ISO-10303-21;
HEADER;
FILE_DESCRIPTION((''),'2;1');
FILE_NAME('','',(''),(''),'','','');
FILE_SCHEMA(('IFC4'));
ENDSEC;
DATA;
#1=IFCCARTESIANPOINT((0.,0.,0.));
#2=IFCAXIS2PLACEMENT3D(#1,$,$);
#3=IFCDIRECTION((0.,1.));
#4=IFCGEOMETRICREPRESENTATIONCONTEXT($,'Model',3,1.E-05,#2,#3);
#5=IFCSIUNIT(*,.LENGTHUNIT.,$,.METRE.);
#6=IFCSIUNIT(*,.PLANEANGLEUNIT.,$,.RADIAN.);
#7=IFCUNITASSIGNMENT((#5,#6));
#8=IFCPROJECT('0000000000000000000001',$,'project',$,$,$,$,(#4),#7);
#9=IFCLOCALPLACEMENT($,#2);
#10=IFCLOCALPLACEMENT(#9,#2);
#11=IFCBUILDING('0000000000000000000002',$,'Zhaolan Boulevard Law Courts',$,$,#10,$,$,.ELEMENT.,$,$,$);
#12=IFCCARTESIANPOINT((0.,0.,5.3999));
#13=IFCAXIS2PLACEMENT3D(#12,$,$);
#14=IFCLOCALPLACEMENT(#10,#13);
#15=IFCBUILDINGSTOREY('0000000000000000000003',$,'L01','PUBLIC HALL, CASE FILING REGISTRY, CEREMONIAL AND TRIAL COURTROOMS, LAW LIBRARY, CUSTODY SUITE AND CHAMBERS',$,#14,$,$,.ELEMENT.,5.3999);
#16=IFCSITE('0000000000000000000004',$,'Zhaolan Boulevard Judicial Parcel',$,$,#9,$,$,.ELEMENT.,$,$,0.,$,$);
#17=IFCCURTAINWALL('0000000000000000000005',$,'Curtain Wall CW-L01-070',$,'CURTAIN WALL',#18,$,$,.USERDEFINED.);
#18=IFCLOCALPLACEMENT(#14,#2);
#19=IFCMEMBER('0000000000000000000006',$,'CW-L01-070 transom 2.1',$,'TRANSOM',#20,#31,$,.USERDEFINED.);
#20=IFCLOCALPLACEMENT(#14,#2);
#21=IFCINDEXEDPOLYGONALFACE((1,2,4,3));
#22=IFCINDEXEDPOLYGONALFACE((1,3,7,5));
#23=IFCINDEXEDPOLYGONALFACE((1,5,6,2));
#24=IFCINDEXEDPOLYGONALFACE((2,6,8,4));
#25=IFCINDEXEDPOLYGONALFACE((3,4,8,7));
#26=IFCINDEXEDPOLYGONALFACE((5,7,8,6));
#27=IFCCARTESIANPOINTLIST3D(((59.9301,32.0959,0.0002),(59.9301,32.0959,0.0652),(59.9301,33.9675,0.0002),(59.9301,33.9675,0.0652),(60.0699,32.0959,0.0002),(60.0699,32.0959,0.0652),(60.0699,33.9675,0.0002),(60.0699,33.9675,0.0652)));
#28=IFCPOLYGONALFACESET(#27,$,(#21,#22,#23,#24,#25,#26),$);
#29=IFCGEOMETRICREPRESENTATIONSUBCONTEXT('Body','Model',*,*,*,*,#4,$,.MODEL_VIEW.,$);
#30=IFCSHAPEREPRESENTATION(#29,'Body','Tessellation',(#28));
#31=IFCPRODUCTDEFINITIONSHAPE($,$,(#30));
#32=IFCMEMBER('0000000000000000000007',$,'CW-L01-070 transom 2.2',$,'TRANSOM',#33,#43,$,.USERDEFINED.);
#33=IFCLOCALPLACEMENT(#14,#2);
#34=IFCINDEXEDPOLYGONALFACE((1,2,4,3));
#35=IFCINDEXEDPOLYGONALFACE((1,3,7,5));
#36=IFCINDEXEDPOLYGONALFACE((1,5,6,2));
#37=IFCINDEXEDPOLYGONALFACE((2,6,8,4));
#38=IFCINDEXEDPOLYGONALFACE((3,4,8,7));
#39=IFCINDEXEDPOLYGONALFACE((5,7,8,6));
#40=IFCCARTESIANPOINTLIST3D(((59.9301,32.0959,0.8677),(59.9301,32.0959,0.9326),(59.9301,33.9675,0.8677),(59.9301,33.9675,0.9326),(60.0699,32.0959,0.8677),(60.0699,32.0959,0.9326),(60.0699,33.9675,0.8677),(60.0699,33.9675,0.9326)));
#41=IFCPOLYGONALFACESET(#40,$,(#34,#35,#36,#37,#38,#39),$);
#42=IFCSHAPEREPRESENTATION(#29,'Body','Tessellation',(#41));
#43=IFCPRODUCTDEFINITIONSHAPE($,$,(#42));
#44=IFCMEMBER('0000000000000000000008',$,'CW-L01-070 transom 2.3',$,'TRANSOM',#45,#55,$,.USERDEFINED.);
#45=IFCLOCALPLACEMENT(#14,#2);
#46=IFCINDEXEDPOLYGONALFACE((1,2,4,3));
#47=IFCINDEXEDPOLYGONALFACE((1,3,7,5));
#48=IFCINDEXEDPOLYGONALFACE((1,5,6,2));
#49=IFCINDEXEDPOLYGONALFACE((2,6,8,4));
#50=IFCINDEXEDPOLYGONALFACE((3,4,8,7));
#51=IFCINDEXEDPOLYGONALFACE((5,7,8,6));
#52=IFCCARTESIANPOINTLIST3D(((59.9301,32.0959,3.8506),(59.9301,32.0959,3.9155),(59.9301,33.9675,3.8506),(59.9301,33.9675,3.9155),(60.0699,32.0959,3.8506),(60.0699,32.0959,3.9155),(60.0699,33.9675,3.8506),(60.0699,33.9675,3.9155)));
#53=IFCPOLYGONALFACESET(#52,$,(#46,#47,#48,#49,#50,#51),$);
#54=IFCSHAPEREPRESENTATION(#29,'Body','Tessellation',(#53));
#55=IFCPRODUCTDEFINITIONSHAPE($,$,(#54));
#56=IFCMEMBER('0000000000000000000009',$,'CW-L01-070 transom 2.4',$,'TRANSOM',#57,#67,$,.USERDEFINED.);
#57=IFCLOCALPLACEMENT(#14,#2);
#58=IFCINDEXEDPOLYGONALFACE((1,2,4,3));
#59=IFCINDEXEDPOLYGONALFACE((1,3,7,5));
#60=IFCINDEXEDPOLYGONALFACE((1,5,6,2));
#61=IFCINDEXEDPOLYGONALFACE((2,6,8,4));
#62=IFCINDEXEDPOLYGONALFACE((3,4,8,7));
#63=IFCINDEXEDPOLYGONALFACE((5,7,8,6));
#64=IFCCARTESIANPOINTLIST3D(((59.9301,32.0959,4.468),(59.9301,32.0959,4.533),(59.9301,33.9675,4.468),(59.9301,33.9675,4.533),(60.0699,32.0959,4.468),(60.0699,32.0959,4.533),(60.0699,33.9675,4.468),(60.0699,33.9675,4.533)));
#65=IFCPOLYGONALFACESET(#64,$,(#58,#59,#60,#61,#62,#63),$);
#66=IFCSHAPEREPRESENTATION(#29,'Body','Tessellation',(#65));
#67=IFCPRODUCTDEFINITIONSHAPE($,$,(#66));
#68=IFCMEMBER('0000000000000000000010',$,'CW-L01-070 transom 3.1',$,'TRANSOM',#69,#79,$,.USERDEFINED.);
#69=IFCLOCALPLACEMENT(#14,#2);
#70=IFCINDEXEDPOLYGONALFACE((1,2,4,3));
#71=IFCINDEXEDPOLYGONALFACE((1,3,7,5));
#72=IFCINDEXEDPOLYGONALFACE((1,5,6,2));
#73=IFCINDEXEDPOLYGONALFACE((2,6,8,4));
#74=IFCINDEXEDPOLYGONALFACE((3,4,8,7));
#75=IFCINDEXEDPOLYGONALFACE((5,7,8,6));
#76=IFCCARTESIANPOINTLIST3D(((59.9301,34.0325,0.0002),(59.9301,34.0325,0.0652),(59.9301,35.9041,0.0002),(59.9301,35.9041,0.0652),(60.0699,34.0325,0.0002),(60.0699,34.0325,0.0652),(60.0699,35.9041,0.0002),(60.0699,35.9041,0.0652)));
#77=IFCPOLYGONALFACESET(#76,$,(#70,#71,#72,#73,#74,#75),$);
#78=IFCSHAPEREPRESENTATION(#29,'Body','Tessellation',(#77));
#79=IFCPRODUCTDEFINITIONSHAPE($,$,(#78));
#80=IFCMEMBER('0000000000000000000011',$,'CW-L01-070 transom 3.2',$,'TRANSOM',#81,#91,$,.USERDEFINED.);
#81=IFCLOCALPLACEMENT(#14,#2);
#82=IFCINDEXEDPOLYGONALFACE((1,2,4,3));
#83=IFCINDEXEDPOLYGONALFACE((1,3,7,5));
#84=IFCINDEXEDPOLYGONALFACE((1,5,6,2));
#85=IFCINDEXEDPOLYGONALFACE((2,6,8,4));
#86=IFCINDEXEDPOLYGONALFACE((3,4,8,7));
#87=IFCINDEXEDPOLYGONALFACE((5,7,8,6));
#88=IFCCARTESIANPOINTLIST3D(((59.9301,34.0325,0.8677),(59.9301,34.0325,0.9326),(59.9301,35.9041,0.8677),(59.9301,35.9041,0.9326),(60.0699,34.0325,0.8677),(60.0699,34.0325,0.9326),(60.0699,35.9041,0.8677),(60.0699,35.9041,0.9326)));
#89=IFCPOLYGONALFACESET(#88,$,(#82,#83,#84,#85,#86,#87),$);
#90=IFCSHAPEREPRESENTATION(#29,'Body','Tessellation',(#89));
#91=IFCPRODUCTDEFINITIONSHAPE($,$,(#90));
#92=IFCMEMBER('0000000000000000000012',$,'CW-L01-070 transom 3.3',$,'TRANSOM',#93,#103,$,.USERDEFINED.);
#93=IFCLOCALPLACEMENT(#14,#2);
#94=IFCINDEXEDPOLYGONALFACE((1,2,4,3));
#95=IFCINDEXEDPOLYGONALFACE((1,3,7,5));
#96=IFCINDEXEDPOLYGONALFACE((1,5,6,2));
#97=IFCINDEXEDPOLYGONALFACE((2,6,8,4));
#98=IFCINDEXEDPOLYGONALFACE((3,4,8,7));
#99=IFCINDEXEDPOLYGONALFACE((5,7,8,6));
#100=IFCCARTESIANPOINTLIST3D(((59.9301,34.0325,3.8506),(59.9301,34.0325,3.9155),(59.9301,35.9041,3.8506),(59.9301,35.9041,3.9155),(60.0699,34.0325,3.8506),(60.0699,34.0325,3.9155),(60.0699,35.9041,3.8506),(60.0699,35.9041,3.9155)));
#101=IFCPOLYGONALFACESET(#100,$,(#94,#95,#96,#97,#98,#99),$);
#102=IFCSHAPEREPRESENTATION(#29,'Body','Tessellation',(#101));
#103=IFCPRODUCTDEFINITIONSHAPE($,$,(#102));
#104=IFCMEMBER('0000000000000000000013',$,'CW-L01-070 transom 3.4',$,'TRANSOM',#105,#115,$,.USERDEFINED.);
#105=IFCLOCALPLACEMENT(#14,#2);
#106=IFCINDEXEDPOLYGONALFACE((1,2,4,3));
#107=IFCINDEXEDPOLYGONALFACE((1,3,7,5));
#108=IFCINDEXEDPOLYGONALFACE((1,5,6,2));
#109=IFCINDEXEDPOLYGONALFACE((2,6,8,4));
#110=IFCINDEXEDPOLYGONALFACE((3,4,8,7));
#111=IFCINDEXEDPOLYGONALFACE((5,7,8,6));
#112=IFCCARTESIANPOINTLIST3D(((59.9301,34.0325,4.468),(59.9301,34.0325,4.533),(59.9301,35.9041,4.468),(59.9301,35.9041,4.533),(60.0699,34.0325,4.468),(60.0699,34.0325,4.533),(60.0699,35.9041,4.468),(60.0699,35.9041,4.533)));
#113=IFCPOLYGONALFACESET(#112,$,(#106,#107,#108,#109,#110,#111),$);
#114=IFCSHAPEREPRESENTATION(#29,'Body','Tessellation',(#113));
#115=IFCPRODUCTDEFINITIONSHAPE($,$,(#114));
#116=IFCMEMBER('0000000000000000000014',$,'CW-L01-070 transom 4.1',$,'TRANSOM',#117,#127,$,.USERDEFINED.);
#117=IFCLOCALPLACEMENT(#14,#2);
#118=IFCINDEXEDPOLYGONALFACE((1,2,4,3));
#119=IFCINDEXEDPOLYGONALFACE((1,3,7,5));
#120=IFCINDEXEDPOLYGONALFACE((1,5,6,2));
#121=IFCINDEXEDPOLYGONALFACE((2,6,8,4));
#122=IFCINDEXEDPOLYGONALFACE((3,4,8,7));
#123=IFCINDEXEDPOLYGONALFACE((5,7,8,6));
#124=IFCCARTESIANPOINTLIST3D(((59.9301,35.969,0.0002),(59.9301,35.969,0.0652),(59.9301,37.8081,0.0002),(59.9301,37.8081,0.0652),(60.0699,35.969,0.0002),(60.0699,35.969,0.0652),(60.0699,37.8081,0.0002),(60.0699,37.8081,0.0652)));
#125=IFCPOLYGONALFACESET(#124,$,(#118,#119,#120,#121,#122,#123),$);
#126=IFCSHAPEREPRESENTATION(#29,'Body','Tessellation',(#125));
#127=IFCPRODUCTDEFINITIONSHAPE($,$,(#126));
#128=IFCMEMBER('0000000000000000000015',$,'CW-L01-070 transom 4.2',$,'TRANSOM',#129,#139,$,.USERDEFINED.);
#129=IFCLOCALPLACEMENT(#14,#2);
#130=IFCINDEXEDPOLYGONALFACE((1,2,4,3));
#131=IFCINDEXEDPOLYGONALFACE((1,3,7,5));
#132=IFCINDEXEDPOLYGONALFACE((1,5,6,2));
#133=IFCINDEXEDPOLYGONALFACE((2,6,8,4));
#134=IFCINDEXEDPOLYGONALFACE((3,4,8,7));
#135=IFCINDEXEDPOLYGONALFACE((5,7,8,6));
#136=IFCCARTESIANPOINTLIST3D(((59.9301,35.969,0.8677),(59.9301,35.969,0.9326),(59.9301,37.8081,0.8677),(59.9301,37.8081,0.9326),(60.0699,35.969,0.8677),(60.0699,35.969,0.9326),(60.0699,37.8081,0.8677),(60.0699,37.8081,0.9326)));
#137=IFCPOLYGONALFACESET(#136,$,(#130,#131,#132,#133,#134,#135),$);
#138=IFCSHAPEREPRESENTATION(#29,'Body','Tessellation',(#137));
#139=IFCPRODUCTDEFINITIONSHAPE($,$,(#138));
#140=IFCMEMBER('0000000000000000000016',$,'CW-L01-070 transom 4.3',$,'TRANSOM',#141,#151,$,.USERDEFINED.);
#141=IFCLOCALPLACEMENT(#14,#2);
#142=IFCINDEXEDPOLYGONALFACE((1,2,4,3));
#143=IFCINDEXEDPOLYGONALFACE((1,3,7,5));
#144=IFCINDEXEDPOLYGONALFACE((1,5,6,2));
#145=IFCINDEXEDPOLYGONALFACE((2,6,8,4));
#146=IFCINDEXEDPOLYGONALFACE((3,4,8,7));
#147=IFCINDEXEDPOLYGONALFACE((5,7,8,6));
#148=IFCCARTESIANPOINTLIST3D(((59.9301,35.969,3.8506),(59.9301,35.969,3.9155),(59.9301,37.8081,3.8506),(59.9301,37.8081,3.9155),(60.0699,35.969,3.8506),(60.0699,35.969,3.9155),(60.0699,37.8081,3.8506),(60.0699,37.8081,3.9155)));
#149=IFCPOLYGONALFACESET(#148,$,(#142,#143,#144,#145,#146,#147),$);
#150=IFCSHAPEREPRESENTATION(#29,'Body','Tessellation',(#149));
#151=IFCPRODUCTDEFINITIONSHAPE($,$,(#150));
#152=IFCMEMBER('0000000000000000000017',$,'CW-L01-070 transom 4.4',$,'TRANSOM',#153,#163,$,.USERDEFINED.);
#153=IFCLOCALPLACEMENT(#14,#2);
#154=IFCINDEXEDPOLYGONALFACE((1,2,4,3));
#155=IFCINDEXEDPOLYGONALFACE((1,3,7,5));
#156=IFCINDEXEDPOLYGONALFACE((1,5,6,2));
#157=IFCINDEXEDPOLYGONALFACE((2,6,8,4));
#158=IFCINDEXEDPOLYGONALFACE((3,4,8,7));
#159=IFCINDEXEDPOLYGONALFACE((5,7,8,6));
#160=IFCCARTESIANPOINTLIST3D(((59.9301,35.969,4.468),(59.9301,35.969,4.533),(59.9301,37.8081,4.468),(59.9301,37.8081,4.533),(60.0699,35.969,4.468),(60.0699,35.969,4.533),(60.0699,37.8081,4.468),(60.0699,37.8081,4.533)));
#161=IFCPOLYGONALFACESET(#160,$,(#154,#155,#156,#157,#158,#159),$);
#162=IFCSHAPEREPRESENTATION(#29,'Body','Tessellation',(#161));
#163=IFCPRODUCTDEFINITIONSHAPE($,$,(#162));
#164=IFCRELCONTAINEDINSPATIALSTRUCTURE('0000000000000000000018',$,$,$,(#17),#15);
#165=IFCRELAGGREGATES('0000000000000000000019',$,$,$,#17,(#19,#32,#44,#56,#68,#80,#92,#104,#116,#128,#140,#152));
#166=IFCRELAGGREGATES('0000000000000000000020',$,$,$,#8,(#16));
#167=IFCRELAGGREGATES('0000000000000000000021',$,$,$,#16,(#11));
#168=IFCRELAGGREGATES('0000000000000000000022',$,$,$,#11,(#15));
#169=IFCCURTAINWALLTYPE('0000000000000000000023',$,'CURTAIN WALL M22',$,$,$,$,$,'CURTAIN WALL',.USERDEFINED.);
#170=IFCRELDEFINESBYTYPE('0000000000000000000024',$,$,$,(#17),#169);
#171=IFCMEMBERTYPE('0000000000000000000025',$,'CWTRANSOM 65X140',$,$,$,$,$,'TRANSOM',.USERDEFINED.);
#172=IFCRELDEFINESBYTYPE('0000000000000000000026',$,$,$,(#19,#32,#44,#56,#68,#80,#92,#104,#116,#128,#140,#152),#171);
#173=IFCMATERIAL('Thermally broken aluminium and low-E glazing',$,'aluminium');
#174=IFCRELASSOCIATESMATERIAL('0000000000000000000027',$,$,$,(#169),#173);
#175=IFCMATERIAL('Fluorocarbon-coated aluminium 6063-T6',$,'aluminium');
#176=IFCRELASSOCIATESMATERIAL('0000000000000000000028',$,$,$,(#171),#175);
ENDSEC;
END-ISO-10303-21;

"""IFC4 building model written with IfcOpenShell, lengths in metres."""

from ifc_helpers import new_model, si_unit, direction, frame, origin, origin_2d, place, context, subcontext, project, spatial, rectangle, extrude, material, material_profile, profile_set, type_object, element, aggregate, save


model = new_model("IFC4")

# Units and contexts
model_context = context("Model", 3, precision=1e-05, world=origin(), true_north=direction((0.0, 1.0)))
body_context = subcontext(model_context, "Body", "Model", "MODEL_VIEW")
ifc_project = project(units=[si_unit("LENGTHUNIT", "METRE"), si_unit("PLANEANGLEUNIT", "RADIAN")], contexts=[model_context])

# Site, building, storey
site_placement = place(None, origin())
site = spatial("IfcSite", under=ifc_project, at=site_placement, Name="Zhaolan Boulevard Judicial Parcel", CompositionType="ELEMENT", RefElevation=0.0)
building_placement = place(site_placement, origin())
building = spatial("IfcBuilding", under=site, at=building_placement, Name="Zhaolan Boulevard Law Courts", CompositionType="ELEMENT")
storey_placement = place(building_placement, frame((0.0, 0.0, 5.3999)))
storey = spatial("IfcBuildingStorey", under=building, at=storey_placement, Name="L01", Description="PUBLIC HALL, CASE FILING REGISTRY, CEREMONIAL AND TRIAL COURTROOMS, LAW LIBRARY, CUSTODY SUITE AND CHAMBERS", CompositionType="ELEMENT", Elevation=5.3999)

# Curtain wall
ifc_material_1 = material(Name="Thermally broken aluminium and low-E glazing", Category="aluminium")
curtain_wall_type_1 = type_object("IfcCurtainWallType", Name="CURTAIN WALL M22", ElementType="CURTAIN WALL", PredefinedType="USERDEFINED", material=ifc_material_1)
curtain_wall_1_placement = place(storey_placement, origin())
curtain_wall_1 = element("IfcCurtainWall", 1, at=curtain_wall_1_placement, inside=storey, type_object=curtain_wall_type_1, Name="Curtain Wall CW-L01-070", ObjectType="CURTAIN WALL", PredefinedType="USERDEFINED")
ifc_material_2 = material(Name="Fluorocarbon-coated aluminium 6063-T6", Category="aluminium")
ifc_material_profile_1 = material_profile(ifc_material_2, rectangle(XDim=0.1399, YDim=0.0649, at=origin_2d()), Name="AL65x140")
ifc_profile_set_1 = profile_set([ifc_material_profile_1], Name="Fluorocarbon-coated aluminium 6063-T6")
member_type_1 = type_object("IfcMemberType", Name="CWTRANSOM 65X140", ElementType="TRANSOM", PredefinedType="USERDEFINED", material=ifc_profile_set_1)

# Members
member_1_placement = place(storey_placement, frame((60.0, 32.0959, 0.0327), z_axis=(0.0, 1.0, 0.0), x_axis=(-1.0, 0.0, 0.0)))
member_1 = element("IfcMember", 2, at=member_1_placement, type_object=member_type_1, Name="CW-L01-070 transom 2.1", ObjectType="TRANSOM", PredefinedType="USERDEFINED", context=body_context, shape_type="SweptSolid", body=[
    extrude(rectangle(XDim=0.1399, YDim=0.0649, at=origin_2d()), origin(), (0.0, 0.0, 1.0), 1.8716),
])
member_2_placement = place(storey_placement, frame((60.0, 32.0959, 0.9001), z_axis=(0.0, 1.0, 0.0), x_axis=(-1.0, 0.0, 0.0)))
member_2 = element("IfcMember", 3, at=member_2_placement, type_object=member_type_1, Name="CW-L01-070 transom 2.2", ObjectType="TRANSOM", PredefinedType="USERDEFINED", context=body_context, shape_type="SweptSolid", body=[
    extrude(rectangle(XDim=0.1399, YDim=0.0649, at=origin_2d()), origin(), (0.0, 0.0, 1.0), 1.8716),
])
member_3_placement = place(storey_placement, frame((60.0, 32.0959, 3.8831), z_axis=(0.0, 1.0, 0.0), x_axis=(-1.0, 0.0, 0.0)))
member_3 = element("IfcMember", 4, at=member_3_placement, type_object=member_type_1, Name="CW-L01-070 transom 2.3", ObjectType="TRANSOM", PredefinedType="USERDEFINED", context=body_context, shape_type="SweptSolid", body=[
    extrude(rectangle(XDim=0.1399, YDim=0.0649, at=origin_2d()), origin(), (0.0, 0.0, 1.0), 1.8716),
])
member_4_placement = place(storey_placement, frame((60.0, 32.0959, 4.5005), z_axis=(0.0, 1.0, 0.0), x_axis=(-1.0, 0.0, 0.0)))
member_4 = element("IfcMember", 5, at=member_4_placement, type_object=member_type_1, Name="CW-L01-070 transom 2.4", ObjectType="TRANSOM", PredefinedType="USERDEFINED", context=body_context, shape_type="SweptSolid", body=[
    extrude(rectangle(XDim=0.1399, YDim=0.0649, at=origin_2d()), origin(), (0.0, 0.0, 1.0), 1.8716),
])
member_5_placement = place(storey_placement, frame((60.0, 34.0325, 0.0327), z_axis=(0.0, 1.0, 0.0), x_axis=(-1.0, 0.0, 0.0)))
member_5 = element("IfcMember", 6, at=member_5_placement, type_object=member_type_1, Name="CW-L01-070 transom 3.1", ObjectType="TRANSOM", PredefinedType="USERDEFINED", context=body_context, shape_type="SweptSolid", body=[
    extrude(rectangle(XDim=0.1399, YDim=0.0649, at=origin_2d()), origin(), (0.0, 0.0, 1.0), 1.8716),
])
member_6_placement = place(storey_placement, frame((60.0, 34.0325, 0.9001), z_axis=(0.0, 1.0, 0.0), x_axis=(-1.0, 0.0, 0.0)))
member_6 = element("IfcMember", 7, at=member_6_placement, type_object=member_type_1, Name="CW-L01-070 transom 3.2", ObjectType="TRANSOM", PredefinedType="USERDEFINED", context=body_context, shape_type="SweptSolid", body=[
    extrude(rectangle(XDim=0.1399, YDim=0.0649, at=origin_2d()), origin(), (0.0, 0.0, 1.0), 1.8716),
])
member_7_placement = place(storey_placement, frame((60.0, 34.0325, 3.8831), z_axis=(0.0, 1.0, 0.0), x_axis=(-1.0, 0.0, 0.0)))
member_7 = element("IfcMember", 8, at=member_7_placement, type_object=member_type_1, Name="CW-L01-070 transom 3.3", ObjectType="TRANSOM", PredefinedType="USERDEFINED", context=body_context, shape_type="SweptSolid", body=[
    extrude(rectangle(XDim=0.1399, YDim=0.0649, at=origin_2d()), origin(), (0.0, 0.0, 1.0), 1.8716),
])
member_8_placement = place(storey_placement, frame((60.0, 34.0325, 4.5005), z_axis=(0.0, 1.0, 0.0), x_axis=(-1.0, 0.0, 0.0)))
member_8 = element("IfcMember", 9, at=member_8_placement, type_object=member_type_1, Name="CW-L01-070 transom 3.4", ObjectType="TRANSOM", PredefinedType="USERDEFINED", context=body_context, shape_type="SweptSolid", body=[
    extrude(rectangle(XDim=0.1399, YDim=0.0649, at=origin_2d()), origin(), (0.0, 0.0, 1.0), 1.8716),
])
member_9_placement = place(storey_placement, frame((60.0, 35.969, 0.0327), z_axis=(0.0, 1.0, 0.0), x_axis=(-1.0, 0.0, 0.0)))
member_9 = element("IfcMember", 10, at=member_9_placement, type_object=member_type_1, Name="CW-L01-070 transom 4.1", ObjectType="TRANSOM", PredefinedType="USERDEFINED", context=body_context, shape_type="SweptSolid", body=[
    extrude(rectangle(XDim=0.1399, YDim=0.0649, at=origin_2d()), origin(), (0.0, 0.0, 1.0), 1.8391),
])
member_10_placement = place(storey_placement, frame((60.0, 35.969, 0.9001), z_axis=(0.0, 1.0, 0.0), x_axis=(-1.0, 0.0, 0.0)))
member_10 = element("IfcMember", 11, at=member_10_placement, type_object=member_type_1, Name="CW-L01-070 transom 4.2", ObjectType="TRANSOM", PredefinedType="USERDEFINED", context=body_context, shape_type="SweptSolid", body=[
    extrude(rectangle(XDim=0.1399, YDim=0.0649, at=origin_2d()), origin(), (0.0, 0.0, 1.0), 1.8391),
])
member_11_placement = place(storey_placement, frame((60.0, 35.969, 3.8831), z_axis=(0.0, 1.0, 0.0), x_axis=(-1.0, 0.0, 0.0)))
member_11 = element("IfcMember", 12, at=member_11_placement, type_object=member_type_1, Name="CW-L01-070 transom 4.3", ObjectType="TRANSOM", PredefinedType="USERDEFINED", context=body_context, shape_type="SweptSolid", body=[
    extrude(rectangle(XDim=0.1399, YDim=0.0649, at=origin_2d()), origin(), (0.0, 0.0, 1.0), 1.8391),
])
member_12_placement = place(storey_placement, frame((60.0, 35.969, 4.5005), z_axis=(0.0, 1.0, 0.0), x_axis=(-1.0, 0.0, 0.0)))
member_12 = element("IfcMember", 13, at=member_12_placement, type_object=member_type_1, Name="CW-L01-070 transom 4.4", ObjectType="TRANSOM", PredefinedType="USERDEFINED", context=body_context, shape_type="SweptSolid", body=[
    extrude(rectangle(XDim=0.1399, YDim=0.0649, at=origin_2d()), origin(), (0.0, 0.0, 1.0), 1.8391),
])

aggregate(curtain_wall_1, [member_1, member_2, member_3, member_4, member_5, member_6, member_7, member_8, member_9, member_10, member_11, member_12])

save(model, "model.ifc")
